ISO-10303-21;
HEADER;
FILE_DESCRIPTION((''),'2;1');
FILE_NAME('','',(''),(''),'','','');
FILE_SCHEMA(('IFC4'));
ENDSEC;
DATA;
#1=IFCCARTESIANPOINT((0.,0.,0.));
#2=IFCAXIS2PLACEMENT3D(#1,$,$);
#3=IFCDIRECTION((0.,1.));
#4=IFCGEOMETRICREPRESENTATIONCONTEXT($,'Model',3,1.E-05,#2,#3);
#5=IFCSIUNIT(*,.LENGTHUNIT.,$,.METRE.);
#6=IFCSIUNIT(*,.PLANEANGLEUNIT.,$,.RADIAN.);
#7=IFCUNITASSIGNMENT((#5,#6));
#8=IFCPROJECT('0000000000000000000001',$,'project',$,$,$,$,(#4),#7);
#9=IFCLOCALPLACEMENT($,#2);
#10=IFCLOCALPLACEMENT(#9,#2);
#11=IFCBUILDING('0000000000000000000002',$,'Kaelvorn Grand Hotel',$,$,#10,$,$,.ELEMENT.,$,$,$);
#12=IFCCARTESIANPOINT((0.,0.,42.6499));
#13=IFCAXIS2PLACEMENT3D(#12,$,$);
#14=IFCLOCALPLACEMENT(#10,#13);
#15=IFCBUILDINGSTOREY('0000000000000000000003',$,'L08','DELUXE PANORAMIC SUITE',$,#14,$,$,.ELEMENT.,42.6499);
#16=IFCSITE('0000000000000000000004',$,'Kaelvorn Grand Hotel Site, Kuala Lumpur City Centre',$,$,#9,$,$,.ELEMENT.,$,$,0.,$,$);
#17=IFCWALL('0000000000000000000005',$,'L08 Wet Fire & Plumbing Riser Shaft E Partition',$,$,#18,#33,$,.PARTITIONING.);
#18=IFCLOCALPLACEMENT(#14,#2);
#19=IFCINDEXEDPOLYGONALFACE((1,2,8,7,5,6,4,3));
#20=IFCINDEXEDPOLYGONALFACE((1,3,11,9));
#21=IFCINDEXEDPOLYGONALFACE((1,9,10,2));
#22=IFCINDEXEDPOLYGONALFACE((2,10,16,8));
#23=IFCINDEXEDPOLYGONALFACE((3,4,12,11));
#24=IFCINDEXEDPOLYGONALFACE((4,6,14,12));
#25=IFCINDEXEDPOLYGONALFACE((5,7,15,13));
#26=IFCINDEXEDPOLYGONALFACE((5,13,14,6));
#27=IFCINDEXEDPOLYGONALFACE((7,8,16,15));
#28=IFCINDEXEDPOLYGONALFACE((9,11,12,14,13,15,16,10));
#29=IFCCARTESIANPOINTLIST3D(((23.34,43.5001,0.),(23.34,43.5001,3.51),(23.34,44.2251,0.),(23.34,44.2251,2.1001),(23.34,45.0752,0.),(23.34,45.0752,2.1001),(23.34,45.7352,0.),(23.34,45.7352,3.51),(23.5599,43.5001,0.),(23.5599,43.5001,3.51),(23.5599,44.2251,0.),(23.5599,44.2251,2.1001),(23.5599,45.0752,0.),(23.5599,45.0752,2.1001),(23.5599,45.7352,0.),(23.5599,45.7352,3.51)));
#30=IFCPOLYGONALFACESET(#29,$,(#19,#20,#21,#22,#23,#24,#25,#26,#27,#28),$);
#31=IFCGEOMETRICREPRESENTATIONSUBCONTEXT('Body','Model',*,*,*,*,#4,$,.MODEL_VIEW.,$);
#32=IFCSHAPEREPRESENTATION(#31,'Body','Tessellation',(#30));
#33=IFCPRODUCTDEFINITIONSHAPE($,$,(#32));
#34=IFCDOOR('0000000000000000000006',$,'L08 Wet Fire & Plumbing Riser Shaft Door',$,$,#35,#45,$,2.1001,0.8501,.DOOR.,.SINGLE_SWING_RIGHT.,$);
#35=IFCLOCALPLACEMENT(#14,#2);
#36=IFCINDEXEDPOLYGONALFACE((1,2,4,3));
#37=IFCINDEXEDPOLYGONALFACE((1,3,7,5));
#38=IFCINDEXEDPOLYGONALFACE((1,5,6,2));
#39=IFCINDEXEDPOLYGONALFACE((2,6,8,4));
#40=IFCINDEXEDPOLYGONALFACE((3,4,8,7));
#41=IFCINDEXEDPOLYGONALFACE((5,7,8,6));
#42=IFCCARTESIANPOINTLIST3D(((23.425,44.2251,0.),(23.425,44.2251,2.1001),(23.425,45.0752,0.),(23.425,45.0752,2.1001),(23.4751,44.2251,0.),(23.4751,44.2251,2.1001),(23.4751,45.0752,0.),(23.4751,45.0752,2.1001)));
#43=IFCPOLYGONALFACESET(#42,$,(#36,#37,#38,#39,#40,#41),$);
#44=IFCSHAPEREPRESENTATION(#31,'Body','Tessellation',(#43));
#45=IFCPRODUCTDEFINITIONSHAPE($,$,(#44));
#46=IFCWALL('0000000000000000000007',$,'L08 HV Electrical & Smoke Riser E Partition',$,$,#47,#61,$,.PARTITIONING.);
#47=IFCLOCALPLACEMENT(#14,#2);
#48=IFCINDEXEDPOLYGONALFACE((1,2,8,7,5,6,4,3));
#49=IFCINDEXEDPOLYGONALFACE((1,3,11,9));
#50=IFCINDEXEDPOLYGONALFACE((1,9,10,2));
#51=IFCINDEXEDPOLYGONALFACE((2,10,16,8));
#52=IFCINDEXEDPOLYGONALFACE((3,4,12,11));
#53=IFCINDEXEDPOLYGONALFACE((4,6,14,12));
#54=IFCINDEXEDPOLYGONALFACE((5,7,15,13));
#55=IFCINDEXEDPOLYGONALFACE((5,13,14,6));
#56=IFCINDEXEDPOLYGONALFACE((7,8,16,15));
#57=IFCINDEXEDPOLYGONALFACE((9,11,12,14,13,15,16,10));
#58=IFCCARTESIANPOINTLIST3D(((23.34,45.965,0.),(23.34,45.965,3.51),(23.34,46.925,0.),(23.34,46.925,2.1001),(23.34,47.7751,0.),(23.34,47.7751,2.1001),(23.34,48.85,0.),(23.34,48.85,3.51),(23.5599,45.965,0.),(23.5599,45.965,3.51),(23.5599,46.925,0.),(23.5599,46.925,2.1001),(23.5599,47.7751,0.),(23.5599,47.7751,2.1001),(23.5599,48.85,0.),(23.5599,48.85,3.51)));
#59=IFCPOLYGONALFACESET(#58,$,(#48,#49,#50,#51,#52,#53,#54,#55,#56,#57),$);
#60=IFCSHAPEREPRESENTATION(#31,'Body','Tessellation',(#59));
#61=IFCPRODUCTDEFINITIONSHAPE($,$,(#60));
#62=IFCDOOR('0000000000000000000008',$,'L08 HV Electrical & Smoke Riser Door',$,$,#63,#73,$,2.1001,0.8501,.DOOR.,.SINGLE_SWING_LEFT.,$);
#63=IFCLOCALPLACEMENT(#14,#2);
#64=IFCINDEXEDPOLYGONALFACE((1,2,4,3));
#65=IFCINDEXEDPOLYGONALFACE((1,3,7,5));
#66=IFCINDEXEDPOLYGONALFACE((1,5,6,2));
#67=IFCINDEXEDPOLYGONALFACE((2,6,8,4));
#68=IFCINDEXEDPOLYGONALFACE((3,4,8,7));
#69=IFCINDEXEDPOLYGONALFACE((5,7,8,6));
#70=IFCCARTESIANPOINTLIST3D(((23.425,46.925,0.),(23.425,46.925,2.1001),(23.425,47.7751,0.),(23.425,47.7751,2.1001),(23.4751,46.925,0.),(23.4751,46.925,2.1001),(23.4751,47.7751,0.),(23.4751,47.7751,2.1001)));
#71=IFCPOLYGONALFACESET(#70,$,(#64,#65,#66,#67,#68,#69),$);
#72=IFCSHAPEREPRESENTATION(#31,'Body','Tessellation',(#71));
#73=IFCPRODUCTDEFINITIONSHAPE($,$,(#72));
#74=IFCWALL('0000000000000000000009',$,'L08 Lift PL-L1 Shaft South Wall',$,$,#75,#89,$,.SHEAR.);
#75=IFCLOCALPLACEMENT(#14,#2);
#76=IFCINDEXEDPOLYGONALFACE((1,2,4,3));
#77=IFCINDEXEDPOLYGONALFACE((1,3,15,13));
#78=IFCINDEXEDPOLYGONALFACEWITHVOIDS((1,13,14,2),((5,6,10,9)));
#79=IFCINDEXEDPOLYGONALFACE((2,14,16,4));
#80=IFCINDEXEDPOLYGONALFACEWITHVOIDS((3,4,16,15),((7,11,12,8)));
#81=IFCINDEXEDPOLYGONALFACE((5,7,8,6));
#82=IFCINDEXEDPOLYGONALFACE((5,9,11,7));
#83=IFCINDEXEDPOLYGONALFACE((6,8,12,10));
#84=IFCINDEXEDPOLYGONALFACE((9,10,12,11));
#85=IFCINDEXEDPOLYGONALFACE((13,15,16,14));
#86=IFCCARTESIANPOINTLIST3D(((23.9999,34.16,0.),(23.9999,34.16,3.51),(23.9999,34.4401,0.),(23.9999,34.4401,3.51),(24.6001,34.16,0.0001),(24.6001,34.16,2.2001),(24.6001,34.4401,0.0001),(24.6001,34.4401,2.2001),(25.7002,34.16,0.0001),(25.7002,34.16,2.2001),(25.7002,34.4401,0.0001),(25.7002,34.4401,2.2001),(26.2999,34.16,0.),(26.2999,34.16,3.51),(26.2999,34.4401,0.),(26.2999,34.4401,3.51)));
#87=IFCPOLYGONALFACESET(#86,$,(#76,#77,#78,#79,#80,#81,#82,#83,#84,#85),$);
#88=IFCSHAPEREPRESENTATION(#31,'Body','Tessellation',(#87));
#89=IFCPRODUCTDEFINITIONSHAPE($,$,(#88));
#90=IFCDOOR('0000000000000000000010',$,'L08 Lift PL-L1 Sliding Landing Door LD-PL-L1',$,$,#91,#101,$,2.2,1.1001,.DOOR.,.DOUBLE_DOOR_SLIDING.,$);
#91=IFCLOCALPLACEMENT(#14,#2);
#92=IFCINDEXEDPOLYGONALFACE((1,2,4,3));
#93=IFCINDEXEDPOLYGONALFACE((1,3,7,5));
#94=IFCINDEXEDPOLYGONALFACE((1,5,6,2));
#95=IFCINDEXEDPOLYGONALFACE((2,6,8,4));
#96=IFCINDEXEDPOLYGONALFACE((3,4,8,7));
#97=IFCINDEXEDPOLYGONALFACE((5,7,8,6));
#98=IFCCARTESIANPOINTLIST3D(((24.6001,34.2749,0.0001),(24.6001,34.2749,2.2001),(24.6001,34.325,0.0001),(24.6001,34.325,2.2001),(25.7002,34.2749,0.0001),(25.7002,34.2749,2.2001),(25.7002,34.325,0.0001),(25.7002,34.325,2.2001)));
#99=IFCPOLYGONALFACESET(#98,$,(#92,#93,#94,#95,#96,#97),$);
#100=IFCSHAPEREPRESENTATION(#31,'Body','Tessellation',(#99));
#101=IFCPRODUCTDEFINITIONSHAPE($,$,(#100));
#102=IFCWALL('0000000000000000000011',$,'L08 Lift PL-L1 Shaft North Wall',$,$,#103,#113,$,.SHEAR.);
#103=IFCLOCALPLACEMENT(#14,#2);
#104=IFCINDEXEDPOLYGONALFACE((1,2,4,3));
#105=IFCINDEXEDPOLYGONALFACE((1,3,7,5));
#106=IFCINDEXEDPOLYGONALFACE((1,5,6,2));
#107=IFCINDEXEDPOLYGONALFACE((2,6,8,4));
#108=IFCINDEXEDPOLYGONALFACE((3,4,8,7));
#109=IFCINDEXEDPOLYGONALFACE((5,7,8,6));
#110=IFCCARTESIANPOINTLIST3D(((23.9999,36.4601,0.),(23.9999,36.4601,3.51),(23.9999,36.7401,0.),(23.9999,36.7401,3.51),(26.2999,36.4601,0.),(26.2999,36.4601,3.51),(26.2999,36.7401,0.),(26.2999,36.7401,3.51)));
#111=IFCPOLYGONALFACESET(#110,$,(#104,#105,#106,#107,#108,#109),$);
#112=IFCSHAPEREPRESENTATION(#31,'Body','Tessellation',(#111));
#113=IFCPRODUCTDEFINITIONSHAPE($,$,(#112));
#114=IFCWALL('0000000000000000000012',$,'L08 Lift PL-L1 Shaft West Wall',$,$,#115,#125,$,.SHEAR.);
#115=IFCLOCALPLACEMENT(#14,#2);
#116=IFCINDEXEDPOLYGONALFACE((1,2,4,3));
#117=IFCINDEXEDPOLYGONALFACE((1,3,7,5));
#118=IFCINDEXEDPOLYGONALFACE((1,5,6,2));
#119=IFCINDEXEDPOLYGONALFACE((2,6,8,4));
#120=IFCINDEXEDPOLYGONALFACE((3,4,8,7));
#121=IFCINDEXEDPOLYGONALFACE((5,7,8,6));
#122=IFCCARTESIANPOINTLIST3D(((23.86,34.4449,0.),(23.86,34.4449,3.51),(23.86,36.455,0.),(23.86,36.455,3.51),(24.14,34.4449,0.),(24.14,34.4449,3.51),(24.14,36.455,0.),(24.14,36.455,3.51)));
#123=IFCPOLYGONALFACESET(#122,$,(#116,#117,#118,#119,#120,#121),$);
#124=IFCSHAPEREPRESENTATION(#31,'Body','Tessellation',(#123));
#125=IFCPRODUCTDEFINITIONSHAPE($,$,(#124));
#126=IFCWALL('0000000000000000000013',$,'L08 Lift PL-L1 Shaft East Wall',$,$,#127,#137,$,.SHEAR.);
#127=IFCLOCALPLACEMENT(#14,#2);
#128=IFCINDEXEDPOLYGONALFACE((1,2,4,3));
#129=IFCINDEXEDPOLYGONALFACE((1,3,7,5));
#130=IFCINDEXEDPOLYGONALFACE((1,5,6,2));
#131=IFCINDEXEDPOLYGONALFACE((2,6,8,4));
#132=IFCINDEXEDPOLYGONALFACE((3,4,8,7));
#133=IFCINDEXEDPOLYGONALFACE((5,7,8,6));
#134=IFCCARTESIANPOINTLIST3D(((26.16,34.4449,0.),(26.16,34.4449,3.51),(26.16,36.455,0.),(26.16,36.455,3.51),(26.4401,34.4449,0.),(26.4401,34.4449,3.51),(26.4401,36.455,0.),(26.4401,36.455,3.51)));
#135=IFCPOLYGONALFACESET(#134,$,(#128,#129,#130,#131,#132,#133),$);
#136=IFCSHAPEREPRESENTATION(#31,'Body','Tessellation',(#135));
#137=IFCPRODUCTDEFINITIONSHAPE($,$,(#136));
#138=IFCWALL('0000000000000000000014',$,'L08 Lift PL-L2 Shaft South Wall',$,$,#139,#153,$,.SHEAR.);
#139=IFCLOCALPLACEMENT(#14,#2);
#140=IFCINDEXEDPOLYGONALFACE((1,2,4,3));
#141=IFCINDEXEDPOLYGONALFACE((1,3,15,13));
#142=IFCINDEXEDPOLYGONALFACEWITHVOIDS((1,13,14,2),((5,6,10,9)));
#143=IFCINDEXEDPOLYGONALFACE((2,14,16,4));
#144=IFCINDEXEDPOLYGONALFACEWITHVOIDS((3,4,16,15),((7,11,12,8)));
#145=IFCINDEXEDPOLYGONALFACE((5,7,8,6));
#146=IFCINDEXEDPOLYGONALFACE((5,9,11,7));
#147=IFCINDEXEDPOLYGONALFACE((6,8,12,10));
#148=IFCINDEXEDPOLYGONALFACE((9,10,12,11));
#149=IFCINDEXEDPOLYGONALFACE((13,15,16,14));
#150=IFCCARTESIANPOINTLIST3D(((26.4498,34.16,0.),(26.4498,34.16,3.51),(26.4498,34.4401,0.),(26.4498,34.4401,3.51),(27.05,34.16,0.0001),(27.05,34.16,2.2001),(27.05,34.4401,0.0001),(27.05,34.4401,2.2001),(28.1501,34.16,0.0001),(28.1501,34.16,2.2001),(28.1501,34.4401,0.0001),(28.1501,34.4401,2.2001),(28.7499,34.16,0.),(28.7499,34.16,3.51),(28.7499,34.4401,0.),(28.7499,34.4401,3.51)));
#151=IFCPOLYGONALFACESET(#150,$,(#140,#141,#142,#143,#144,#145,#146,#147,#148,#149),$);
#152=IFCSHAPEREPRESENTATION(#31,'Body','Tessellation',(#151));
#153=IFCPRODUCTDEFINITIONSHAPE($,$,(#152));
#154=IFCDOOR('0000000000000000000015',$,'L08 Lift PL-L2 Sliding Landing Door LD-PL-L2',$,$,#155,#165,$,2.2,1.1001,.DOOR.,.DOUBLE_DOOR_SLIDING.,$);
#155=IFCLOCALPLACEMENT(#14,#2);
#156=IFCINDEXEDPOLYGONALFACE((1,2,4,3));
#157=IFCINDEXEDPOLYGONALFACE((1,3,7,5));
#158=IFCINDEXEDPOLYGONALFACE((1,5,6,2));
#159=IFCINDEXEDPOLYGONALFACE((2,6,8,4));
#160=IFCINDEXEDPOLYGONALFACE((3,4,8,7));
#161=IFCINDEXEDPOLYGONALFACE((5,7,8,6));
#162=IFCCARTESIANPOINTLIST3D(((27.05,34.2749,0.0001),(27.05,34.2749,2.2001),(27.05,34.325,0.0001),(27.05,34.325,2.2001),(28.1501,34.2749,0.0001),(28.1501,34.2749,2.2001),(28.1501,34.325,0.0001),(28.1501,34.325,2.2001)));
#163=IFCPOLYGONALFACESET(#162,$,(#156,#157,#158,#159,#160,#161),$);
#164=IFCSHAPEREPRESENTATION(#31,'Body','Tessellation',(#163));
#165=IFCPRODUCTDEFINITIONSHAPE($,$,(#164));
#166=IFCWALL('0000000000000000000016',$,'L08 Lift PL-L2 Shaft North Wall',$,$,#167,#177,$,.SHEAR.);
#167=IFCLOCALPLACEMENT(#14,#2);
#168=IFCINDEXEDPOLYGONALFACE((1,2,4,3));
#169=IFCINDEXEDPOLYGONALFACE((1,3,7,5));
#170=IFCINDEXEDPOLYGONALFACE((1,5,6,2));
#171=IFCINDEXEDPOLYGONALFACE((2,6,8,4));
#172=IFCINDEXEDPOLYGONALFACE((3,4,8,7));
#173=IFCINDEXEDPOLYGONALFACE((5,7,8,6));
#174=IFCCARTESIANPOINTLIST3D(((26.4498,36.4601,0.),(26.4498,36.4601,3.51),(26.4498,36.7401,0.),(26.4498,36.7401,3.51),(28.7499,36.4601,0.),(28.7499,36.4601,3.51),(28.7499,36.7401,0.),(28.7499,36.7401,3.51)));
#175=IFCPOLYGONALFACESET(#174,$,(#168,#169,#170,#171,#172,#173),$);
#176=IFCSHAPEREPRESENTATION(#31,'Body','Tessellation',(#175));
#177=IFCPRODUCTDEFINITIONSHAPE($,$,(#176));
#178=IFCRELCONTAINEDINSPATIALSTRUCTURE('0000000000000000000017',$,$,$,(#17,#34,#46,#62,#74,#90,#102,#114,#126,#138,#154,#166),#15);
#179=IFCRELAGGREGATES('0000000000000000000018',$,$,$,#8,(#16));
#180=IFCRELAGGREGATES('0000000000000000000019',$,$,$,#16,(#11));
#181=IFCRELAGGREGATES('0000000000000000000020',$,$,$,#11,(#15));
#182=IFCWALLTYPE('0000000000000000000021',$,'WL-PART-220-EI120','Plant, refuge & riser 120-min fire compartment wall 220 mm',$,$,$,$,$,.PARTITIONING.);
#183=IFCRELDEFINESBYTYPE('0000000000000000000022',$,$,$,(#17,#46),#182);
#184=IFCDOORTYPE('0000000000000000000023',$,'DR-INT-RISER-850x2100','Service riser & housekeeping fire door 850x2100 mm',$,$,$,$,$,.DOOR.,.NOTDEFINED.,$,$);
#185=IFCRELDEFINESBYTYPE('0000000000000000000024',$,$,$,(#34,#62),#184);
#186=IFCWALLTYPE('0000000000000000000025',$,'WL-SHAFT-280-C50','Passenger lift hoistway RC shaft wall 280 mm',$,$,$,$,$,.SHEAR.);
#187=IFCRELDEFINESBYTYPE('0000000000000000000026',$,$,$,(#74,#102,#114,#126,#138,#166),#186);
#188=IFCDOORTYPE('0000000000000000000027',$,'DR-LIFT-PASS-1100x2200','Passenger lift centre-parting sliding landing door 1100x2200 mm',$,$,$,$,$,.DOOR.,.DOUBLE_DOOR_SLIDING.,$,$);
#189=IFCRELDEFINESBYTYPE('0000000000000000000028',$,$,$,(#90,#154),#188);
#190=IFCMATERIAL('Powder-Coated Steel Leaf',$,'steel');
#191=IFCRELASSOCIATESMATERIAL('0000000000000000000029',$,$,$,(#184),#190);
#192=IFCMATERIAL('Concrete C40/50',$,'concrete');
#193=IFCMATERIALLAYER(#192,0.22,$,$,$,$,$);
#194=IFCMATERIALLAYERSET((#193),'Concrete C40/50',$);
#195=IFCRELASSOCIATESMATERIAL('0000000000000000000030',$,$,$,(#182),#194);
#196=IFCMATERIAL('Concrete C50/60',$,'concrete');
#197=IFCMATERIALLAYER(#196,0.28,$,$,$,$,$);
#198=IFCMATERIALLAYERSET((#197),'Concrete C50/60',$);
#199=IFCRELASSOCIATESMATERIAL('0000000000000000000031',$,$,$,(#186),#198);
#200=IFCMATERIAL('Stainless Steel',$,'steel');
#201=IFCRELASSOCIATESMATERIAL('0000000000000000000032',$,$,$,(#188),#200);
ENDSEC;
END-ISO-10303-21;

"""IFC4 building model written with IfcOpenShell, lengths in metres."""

from ifc_helpers import new_model, si_unit, direction, frame, frame_2d, origin, place, context, subcontext, project, spatial, rectangle, extrude, material, layer, layer_set, type_object, element, fill, save


model = new_model("IFC4")

# Units and contexts
model_context = context("Model", 3, precision=1e-05, world=origin(), true_north=direction((0.0, 1.0)))
body_context = subcontext(model_context, "Body", "Model", "MODEL_VIEW")
ifc_project = project(units=[si_unit("LENGTHUNIT", "METRE"), si_unit("PLANEANGLEUNIT", "RADIAN")], contexts=[model_context])

# Site, building, storey
site_placement = place(None, origin())
site = spatial("IfcSite", under=ifc_project, at=site_placement, Name="Kaelvorn Grand Hotel Site, Kuala Lumpur City Centre", CompositionType="ELEMENT", RefElevation=0.0)
building_placement = place(site_placement, origin())
building = spatial("IfcBuilding", under=site, at=building_placement, Name="Kaelvorn Grand Hotel", CompositionType="ELEMENT")
storey_placement = place(building_placement, frame((0.0, 0.0, 42.6499)))
storey = spatial("IfcBuildingStorey", under=building, at=storey_placement, Name="L08", Description="DELUXE PANORAMIC SUITE", CompositionType="ELEMENT", Elevation=42.6499)

# Shared definitions
ifc_material_1 = material(Name="Powder-Coated Steel Leaf", Category="steel")
door_type_1 = type_object("IfcDoorType", Name="DR-INT-RISER-850x2100", Description="Service riser & housekeeping fire door 850x2100 mm", OperationType="NOTDEFINED", PredefinedType="DOOR", material=ifc_material_1)

# Shared definitions
ifc_material_2 = material(Name="Concrete C40/50", Category="concrete")
ifc_layer_1 = layer(ifc_material_2, 0.22)
ifc_layer_set_1 = layer_set([ifc_layer_1], Name="Concrete C40/50")
wall_type_1 = type_object("IfcWallType", Name="WL-PART-220-EI120", Description="Plant, refuge & riser 120-min fire compartment wall 220 mm", PredefinedType="PARTITIONING", material=ifc_layer_set_1)

# Walls, openings, doors
wall_1_placement = place(storey_placement, frame((23.45, 43.5, 0.0), z_axis=(0.0, 0.0, 1.0), x_axis=(0.0, 1.0, 0.0)))
wall_1 = element("IfcWall", 1, at=wall_1_placement, inside=storey, type_object=wall_type_1, Name="L08 Wet Fire & Plumbing Riser Shaft E Partition", PredefinedType="PARTITIONING", context=body_context, shape_type="SweptSolid", body=[
    extrude(rectangle(XDim=2.2351, YDim=0.22, at=frame_2d((1.1177, 0.0))), origin(), (0.0, 0.0, 1.0), 3.51),
])
opening_1_placement = place(wall_1_placement, frame((0.7251, 0.0, 0.0)))
opening_1 = element("IfcOpeningElement", 2, at=opening_1_placement, cuts=wall_1, PredefinedType="OPENING", context=body_context, shape_type="SweptSolid", body=[
    extrude(rectangle(XDim=0.8501, YDim=2.1001, at=frame_2d((0.425, 1.05))), frame((0.0, 0.1201, 0.0), z_axis=(0.0, -1.0, 0.0), x_axis=(1.0, 0.0, 0.0)), (0.0, 0.0, 1.0), 0.24),
])
door_1_placement = place(opening_1_placement, origin())
door_1 = element("IfcDoor", 3, at=door_1_placement, inside=storey, type_object=door_type_1, Name="L08 Wet Fire & Plumbing Riser Shaft Door", OperationType="SINGLE_SWING_RIGHT", OverallHeight=2.1001, OverallWidth=0.8501, PredefinedType="DOOR", context=body_context, shape_type="SweptSolid", body=[
    extrude(rectangle(XDim=0.8501, YDim=2.1001, at=frame_2d((0.425, 1.05))), frame((0.0, 0.0249, 0.0), z_axis=(0.0, -1.0, 0.0), x_axis=(1.0, 0.0, 0.0)), (0.0, 0.0, 1.0), 0.05),
])
fill(opening_1, door_1)
wall_2_placement = place(storey_placement, frame((23.45, 45.9651, 0.0), z_axis=(0.0, 0.0, 1.0), x_axis=(0.0, 1.0, 0.0)))
wall_2 = element("IfcWall", 4, at=wall_2_placement, inside=storey, type_object=wall_type_1, Name="L08 HV Electrical & Smoke Riser E Partition", PredefinedType="PARTITIONING", context=body_context, shape_type="SweptSolid", body=[
    extrude(rectangle(XDim=2.885, YDim=0.22, at=frame_2d((1.4424, 0.0))), origin(), (0.0, 0.0, 1.0), 3.51),
])
opening_2_placement = place(wall_2_placement, frame((0.96, 0.0, 0.0)))
opening_2 = element("IfcOpeningElement", 5, at=opening_2_placement, cuts=wall_2, PredefinedType="OPENING", context=body_context, shape_type="SweptSolid", body=[
    extrude(rectangle(XDim=0.8501, YDim=2.1001, at=frame_2d((0.425, 1.05))), frame((0.0, 0.1201, 0.0), z_axis=(0.0, -1.0, 0.0), x_axis=(1.0, 0.0, 0.0)), (0.0, 0.0, 1.0), 0.24),
])
door_2_placement = place(opening_2_placement, origin())
door_2 = element("IfcDoor", 6, at=door_2_placement, inside=storey, type_object=door_type_1, Name="L08 HV Electrical & Smoke Riser Door", OperationType="SINGLE_SWING_LEFT", OverallHeight=2.1001, OverallWidth=0.8501, PredefinedType="DOOR", context=body_context, shape_type="SweptSolid", body=[
    extrude(rectangle(XDim=0.8501, YDim=2.1001, at=frame_2d((0.425, 1.05))), frame((0.0, 0.0249, 0.0), z_axis=(0.0, -1.0, 0.0), x_axis=(1.0, 0.0, 0.0)), (0.0, 0.0, 1.0), 0.05),
])
fill(opening_2, door_2)
ifc_material_3 = material(Name="Concrete C50/60", Category="concrete")
ifc_layer_2 = layer(ifc_material_3, 0.28)
ifc_layer_set_2 = layer_set([ifc_layer_2], Name="Concrete C50/60")
wall_type_2 = type_object("IfcWallType", Name="WL-SHAFT-280-C50", Description="Passenger lift hoistway RC shaft wall 280 mm", PredefinedType="SHEAR", material=ifc_layer_set_2)
wall_3_placement = place(storey_placement, frame((24.0, 34.3, 0.0), z_axis=(0.0, 0.0, 1.0), x_axis=(1.0, 0.0, 0.0)))
wall_3 = element("IfcWall", 7, at=wall_3_placement, inside=storey, type_object=wall_type_2, Name="L08 Lift PL-L1 Shaft South Wall", PredefinedType="SHEAR", context=body_context, shape_type="SweptSolid", body=[
    extrude(rectangle(XDim=2.3, YDim=0.28, at=frame_2d((1.1499, 0.0))), origin(), (0.0, 0.0, 1.0), 3.51),
])
opening_3_placement = place(wall_3_placement, frame((0.6001, 0.0, 0.0)))
opening_3 = element("IfcOpeningElement", 8, at=opening_3_placement, cuts=wall_3, PredefinedType="OPENING", context=body_context, shape_type="SweptSolid", body=[
    extrude(rectangle(XDim=1.1001, YDim=2.2, at=frame_2d((0.55, 1.1001))), frame((0.0, 0.1499, 0.0), z_axis=(0.0, -1.0, 0.0), x_axis=(1.0, 0.0, 0.0)), (0.0, 0.0, 1.0), 0.3),
])
ifc_material_4 = material(Name="Stainless Steel", Category="steel")
door_type_2 = type_object("IfcDoorType", Name="DR-LIFT-PASS-1100x2200", Description="Passenger lift centre-parting sliding landing door 1100x2200 mm", OperationType="DOUBLE_DOOR_SLIDING", PredefinedType="DOOR", material=ifc_material_4)
door_3_placement = place(opening_3_placement, origin())
door_3 = element("IfcDoor", 9, at=door_3_placement, inside=storey, type_object=door_type_2, Name="L08 Lift PL-L1 Sliding Landing Door LD-PL-L1", OperationType="DOUBLE_DOOR_SLIDING", OverallHeight=2.2, OverallWidth=1.1001, PredefinedType="DOOR", context=body_context, shape_type="SweptSolid", body=[
    extrude(rectangle(XDim=1.1001, YDim=2.2, at=frame_2d((0.55, 1.1001))), frame((0.0, 0.0249, 0.0), z_axis=(0.0, -1.0, 0.0), x_axis=(1.0, 0.0, 0.0)), (0.0, 0.0, 1.0), 0.05),
])
fill(opening_3, door_3)

# Walls
wall_4_placement = place(storey_placement, frame((24.0, 36.6001, 0.0), z_axis=(0.0, 0.0, 1.0), x_axis=(1.0, 0.0, 0.0)))
element("IfcWall", 10, at=wall_4_placement, inside=storey, type_object=wall_type_2, Name="L08 Lift PL-L1 Shaft North Wall", PredefinedType="SHEAR", context=body_context, shape_type="SweptSolid", body=[
    extrude(rectangle(XDim=2.3, YDim=0.28, at=frame_2d((1.1499, 0.0))), origin(), (0.0, 0.0, 1.0), 3.51),
])
for number, where, z_axis, x_axis, name in (
    (11, (24.0, 34.4451, 0.0), (0.0, 0.0, 1.0), (0.0, 1.0, 0.0), "L08 Lift PL-L1 Shaft West Wall"),
    (12, (26.3, 34.4451, 0.0), (0.0, 0.0, 1.0), (0.0, 1.0, 0.0), "L08 Lift PL-L1 Shaft East Wall"),
):
    element("IfcWall", number, at=place(storey_placement, frame(where, z_axis=z_axis, x_axis=x_axis)), inside=storey, type_object=wall_type_2, Name=name, PredefinedType="SHEAR", context=body_context, shape_type="SweptSolid", body=[
        extrude(rectangle(XDim=2.01, YDim=0.28, at=frame_2d((1.0049, 0.0))), origin(), (0.0, 0.0, 1.0), 3.51),
    ])

# Wall, opening, door
wall_5_placement = place(storey_placement, frame((26.45, 34.3, 0.0), z_axis=(0.0, 0.0, 1.0), x_axis=(1.0, 0.0, 0.0)))
wall_5 = element("IfcWall", 13, at=wall_5_placement, inside=storey, type_object=wall_type_2, Name="L08 Lift PL-L2 Shaft South Wall", PredefinedType="SHEAR", context=body_context, shape_type="SweptSolid", body=[
    extrude(rectangle(XDim=2.3, YDim=0.28, at=frame_2d((1.1499, 0.0))), origin(), (0.0, 0.0, 1.0), 3.51),
])
opening_4_placement = place(wall_5_placement, frame((0.6001, 0.0, 0.0)))
opening_4 = element("IfcOpeningElement", 14, at=opening_4_placement, cuts=wall_5, PredefinedType="OPENING", context=body_context, shape_type="SweptSolid", body=[
    extrude(rectangle(XDim=1.1001, YDim=2.2, at=frame_2d((0.55, 1.1001))), frame((0.0, 0.1499, 0.0), z_axis=(0.0, -1.0, 0.0), x_axis=(1.0, 0.0, 0.0)), (0.0, 0.0, 1.0), 0.3),
])
door_4_placement = place(opening_4_placement, origin())
door_4 = element("IfcDoor", 15, at=door_4_placement, inside=storey, type_object=door_type_2, Name="L08 Lift PL-L2 Sliding Landing Door LD-PL-L2", OperationType="DOUBLE_DOOR_SLIDING", OverallHeight=2.2, OverallWidth=1.1001, PredefinedType="DOOR", context=body_context, shape_type="SweptSolid", body=[
    extrude(rectangle(XDim=1.1001, YDim=2.2, at=frame_2d((0.55, 1.1001))), frame((0.0, 0.0249, 0.0), z_axis=(0.0, -1.0, 0.0), x_axis=(1.0, 0.0, 0.0)), (0.0, 0.0, 1.0), 0.05),
])
fill(opening_4, door_4)

# Wall
wall_6_placement = place(storey_placement, frame((26.45, 36.6001, 0.0), z_axis=(0.0, 0.0, 1.0), x_axis=(1.0, 0.0, 0.0)))
element("IfcWall", 16, at=wall_6_placement, inside=storey, type_object=wall_type_2, Name="L08 Lift PL-L2 Shaft North Wall", PredefinedType="SHEAR", context=body_context, shape_type="SweptSolid", body=[
    extrude(rectangle(XDim=2.3, YDim=0.28, at=frame_2d((1.1499, 0.0))), origin(), (0.0, 0.0, 1.0), 3.51),
])

save(model, "model.ifc")
